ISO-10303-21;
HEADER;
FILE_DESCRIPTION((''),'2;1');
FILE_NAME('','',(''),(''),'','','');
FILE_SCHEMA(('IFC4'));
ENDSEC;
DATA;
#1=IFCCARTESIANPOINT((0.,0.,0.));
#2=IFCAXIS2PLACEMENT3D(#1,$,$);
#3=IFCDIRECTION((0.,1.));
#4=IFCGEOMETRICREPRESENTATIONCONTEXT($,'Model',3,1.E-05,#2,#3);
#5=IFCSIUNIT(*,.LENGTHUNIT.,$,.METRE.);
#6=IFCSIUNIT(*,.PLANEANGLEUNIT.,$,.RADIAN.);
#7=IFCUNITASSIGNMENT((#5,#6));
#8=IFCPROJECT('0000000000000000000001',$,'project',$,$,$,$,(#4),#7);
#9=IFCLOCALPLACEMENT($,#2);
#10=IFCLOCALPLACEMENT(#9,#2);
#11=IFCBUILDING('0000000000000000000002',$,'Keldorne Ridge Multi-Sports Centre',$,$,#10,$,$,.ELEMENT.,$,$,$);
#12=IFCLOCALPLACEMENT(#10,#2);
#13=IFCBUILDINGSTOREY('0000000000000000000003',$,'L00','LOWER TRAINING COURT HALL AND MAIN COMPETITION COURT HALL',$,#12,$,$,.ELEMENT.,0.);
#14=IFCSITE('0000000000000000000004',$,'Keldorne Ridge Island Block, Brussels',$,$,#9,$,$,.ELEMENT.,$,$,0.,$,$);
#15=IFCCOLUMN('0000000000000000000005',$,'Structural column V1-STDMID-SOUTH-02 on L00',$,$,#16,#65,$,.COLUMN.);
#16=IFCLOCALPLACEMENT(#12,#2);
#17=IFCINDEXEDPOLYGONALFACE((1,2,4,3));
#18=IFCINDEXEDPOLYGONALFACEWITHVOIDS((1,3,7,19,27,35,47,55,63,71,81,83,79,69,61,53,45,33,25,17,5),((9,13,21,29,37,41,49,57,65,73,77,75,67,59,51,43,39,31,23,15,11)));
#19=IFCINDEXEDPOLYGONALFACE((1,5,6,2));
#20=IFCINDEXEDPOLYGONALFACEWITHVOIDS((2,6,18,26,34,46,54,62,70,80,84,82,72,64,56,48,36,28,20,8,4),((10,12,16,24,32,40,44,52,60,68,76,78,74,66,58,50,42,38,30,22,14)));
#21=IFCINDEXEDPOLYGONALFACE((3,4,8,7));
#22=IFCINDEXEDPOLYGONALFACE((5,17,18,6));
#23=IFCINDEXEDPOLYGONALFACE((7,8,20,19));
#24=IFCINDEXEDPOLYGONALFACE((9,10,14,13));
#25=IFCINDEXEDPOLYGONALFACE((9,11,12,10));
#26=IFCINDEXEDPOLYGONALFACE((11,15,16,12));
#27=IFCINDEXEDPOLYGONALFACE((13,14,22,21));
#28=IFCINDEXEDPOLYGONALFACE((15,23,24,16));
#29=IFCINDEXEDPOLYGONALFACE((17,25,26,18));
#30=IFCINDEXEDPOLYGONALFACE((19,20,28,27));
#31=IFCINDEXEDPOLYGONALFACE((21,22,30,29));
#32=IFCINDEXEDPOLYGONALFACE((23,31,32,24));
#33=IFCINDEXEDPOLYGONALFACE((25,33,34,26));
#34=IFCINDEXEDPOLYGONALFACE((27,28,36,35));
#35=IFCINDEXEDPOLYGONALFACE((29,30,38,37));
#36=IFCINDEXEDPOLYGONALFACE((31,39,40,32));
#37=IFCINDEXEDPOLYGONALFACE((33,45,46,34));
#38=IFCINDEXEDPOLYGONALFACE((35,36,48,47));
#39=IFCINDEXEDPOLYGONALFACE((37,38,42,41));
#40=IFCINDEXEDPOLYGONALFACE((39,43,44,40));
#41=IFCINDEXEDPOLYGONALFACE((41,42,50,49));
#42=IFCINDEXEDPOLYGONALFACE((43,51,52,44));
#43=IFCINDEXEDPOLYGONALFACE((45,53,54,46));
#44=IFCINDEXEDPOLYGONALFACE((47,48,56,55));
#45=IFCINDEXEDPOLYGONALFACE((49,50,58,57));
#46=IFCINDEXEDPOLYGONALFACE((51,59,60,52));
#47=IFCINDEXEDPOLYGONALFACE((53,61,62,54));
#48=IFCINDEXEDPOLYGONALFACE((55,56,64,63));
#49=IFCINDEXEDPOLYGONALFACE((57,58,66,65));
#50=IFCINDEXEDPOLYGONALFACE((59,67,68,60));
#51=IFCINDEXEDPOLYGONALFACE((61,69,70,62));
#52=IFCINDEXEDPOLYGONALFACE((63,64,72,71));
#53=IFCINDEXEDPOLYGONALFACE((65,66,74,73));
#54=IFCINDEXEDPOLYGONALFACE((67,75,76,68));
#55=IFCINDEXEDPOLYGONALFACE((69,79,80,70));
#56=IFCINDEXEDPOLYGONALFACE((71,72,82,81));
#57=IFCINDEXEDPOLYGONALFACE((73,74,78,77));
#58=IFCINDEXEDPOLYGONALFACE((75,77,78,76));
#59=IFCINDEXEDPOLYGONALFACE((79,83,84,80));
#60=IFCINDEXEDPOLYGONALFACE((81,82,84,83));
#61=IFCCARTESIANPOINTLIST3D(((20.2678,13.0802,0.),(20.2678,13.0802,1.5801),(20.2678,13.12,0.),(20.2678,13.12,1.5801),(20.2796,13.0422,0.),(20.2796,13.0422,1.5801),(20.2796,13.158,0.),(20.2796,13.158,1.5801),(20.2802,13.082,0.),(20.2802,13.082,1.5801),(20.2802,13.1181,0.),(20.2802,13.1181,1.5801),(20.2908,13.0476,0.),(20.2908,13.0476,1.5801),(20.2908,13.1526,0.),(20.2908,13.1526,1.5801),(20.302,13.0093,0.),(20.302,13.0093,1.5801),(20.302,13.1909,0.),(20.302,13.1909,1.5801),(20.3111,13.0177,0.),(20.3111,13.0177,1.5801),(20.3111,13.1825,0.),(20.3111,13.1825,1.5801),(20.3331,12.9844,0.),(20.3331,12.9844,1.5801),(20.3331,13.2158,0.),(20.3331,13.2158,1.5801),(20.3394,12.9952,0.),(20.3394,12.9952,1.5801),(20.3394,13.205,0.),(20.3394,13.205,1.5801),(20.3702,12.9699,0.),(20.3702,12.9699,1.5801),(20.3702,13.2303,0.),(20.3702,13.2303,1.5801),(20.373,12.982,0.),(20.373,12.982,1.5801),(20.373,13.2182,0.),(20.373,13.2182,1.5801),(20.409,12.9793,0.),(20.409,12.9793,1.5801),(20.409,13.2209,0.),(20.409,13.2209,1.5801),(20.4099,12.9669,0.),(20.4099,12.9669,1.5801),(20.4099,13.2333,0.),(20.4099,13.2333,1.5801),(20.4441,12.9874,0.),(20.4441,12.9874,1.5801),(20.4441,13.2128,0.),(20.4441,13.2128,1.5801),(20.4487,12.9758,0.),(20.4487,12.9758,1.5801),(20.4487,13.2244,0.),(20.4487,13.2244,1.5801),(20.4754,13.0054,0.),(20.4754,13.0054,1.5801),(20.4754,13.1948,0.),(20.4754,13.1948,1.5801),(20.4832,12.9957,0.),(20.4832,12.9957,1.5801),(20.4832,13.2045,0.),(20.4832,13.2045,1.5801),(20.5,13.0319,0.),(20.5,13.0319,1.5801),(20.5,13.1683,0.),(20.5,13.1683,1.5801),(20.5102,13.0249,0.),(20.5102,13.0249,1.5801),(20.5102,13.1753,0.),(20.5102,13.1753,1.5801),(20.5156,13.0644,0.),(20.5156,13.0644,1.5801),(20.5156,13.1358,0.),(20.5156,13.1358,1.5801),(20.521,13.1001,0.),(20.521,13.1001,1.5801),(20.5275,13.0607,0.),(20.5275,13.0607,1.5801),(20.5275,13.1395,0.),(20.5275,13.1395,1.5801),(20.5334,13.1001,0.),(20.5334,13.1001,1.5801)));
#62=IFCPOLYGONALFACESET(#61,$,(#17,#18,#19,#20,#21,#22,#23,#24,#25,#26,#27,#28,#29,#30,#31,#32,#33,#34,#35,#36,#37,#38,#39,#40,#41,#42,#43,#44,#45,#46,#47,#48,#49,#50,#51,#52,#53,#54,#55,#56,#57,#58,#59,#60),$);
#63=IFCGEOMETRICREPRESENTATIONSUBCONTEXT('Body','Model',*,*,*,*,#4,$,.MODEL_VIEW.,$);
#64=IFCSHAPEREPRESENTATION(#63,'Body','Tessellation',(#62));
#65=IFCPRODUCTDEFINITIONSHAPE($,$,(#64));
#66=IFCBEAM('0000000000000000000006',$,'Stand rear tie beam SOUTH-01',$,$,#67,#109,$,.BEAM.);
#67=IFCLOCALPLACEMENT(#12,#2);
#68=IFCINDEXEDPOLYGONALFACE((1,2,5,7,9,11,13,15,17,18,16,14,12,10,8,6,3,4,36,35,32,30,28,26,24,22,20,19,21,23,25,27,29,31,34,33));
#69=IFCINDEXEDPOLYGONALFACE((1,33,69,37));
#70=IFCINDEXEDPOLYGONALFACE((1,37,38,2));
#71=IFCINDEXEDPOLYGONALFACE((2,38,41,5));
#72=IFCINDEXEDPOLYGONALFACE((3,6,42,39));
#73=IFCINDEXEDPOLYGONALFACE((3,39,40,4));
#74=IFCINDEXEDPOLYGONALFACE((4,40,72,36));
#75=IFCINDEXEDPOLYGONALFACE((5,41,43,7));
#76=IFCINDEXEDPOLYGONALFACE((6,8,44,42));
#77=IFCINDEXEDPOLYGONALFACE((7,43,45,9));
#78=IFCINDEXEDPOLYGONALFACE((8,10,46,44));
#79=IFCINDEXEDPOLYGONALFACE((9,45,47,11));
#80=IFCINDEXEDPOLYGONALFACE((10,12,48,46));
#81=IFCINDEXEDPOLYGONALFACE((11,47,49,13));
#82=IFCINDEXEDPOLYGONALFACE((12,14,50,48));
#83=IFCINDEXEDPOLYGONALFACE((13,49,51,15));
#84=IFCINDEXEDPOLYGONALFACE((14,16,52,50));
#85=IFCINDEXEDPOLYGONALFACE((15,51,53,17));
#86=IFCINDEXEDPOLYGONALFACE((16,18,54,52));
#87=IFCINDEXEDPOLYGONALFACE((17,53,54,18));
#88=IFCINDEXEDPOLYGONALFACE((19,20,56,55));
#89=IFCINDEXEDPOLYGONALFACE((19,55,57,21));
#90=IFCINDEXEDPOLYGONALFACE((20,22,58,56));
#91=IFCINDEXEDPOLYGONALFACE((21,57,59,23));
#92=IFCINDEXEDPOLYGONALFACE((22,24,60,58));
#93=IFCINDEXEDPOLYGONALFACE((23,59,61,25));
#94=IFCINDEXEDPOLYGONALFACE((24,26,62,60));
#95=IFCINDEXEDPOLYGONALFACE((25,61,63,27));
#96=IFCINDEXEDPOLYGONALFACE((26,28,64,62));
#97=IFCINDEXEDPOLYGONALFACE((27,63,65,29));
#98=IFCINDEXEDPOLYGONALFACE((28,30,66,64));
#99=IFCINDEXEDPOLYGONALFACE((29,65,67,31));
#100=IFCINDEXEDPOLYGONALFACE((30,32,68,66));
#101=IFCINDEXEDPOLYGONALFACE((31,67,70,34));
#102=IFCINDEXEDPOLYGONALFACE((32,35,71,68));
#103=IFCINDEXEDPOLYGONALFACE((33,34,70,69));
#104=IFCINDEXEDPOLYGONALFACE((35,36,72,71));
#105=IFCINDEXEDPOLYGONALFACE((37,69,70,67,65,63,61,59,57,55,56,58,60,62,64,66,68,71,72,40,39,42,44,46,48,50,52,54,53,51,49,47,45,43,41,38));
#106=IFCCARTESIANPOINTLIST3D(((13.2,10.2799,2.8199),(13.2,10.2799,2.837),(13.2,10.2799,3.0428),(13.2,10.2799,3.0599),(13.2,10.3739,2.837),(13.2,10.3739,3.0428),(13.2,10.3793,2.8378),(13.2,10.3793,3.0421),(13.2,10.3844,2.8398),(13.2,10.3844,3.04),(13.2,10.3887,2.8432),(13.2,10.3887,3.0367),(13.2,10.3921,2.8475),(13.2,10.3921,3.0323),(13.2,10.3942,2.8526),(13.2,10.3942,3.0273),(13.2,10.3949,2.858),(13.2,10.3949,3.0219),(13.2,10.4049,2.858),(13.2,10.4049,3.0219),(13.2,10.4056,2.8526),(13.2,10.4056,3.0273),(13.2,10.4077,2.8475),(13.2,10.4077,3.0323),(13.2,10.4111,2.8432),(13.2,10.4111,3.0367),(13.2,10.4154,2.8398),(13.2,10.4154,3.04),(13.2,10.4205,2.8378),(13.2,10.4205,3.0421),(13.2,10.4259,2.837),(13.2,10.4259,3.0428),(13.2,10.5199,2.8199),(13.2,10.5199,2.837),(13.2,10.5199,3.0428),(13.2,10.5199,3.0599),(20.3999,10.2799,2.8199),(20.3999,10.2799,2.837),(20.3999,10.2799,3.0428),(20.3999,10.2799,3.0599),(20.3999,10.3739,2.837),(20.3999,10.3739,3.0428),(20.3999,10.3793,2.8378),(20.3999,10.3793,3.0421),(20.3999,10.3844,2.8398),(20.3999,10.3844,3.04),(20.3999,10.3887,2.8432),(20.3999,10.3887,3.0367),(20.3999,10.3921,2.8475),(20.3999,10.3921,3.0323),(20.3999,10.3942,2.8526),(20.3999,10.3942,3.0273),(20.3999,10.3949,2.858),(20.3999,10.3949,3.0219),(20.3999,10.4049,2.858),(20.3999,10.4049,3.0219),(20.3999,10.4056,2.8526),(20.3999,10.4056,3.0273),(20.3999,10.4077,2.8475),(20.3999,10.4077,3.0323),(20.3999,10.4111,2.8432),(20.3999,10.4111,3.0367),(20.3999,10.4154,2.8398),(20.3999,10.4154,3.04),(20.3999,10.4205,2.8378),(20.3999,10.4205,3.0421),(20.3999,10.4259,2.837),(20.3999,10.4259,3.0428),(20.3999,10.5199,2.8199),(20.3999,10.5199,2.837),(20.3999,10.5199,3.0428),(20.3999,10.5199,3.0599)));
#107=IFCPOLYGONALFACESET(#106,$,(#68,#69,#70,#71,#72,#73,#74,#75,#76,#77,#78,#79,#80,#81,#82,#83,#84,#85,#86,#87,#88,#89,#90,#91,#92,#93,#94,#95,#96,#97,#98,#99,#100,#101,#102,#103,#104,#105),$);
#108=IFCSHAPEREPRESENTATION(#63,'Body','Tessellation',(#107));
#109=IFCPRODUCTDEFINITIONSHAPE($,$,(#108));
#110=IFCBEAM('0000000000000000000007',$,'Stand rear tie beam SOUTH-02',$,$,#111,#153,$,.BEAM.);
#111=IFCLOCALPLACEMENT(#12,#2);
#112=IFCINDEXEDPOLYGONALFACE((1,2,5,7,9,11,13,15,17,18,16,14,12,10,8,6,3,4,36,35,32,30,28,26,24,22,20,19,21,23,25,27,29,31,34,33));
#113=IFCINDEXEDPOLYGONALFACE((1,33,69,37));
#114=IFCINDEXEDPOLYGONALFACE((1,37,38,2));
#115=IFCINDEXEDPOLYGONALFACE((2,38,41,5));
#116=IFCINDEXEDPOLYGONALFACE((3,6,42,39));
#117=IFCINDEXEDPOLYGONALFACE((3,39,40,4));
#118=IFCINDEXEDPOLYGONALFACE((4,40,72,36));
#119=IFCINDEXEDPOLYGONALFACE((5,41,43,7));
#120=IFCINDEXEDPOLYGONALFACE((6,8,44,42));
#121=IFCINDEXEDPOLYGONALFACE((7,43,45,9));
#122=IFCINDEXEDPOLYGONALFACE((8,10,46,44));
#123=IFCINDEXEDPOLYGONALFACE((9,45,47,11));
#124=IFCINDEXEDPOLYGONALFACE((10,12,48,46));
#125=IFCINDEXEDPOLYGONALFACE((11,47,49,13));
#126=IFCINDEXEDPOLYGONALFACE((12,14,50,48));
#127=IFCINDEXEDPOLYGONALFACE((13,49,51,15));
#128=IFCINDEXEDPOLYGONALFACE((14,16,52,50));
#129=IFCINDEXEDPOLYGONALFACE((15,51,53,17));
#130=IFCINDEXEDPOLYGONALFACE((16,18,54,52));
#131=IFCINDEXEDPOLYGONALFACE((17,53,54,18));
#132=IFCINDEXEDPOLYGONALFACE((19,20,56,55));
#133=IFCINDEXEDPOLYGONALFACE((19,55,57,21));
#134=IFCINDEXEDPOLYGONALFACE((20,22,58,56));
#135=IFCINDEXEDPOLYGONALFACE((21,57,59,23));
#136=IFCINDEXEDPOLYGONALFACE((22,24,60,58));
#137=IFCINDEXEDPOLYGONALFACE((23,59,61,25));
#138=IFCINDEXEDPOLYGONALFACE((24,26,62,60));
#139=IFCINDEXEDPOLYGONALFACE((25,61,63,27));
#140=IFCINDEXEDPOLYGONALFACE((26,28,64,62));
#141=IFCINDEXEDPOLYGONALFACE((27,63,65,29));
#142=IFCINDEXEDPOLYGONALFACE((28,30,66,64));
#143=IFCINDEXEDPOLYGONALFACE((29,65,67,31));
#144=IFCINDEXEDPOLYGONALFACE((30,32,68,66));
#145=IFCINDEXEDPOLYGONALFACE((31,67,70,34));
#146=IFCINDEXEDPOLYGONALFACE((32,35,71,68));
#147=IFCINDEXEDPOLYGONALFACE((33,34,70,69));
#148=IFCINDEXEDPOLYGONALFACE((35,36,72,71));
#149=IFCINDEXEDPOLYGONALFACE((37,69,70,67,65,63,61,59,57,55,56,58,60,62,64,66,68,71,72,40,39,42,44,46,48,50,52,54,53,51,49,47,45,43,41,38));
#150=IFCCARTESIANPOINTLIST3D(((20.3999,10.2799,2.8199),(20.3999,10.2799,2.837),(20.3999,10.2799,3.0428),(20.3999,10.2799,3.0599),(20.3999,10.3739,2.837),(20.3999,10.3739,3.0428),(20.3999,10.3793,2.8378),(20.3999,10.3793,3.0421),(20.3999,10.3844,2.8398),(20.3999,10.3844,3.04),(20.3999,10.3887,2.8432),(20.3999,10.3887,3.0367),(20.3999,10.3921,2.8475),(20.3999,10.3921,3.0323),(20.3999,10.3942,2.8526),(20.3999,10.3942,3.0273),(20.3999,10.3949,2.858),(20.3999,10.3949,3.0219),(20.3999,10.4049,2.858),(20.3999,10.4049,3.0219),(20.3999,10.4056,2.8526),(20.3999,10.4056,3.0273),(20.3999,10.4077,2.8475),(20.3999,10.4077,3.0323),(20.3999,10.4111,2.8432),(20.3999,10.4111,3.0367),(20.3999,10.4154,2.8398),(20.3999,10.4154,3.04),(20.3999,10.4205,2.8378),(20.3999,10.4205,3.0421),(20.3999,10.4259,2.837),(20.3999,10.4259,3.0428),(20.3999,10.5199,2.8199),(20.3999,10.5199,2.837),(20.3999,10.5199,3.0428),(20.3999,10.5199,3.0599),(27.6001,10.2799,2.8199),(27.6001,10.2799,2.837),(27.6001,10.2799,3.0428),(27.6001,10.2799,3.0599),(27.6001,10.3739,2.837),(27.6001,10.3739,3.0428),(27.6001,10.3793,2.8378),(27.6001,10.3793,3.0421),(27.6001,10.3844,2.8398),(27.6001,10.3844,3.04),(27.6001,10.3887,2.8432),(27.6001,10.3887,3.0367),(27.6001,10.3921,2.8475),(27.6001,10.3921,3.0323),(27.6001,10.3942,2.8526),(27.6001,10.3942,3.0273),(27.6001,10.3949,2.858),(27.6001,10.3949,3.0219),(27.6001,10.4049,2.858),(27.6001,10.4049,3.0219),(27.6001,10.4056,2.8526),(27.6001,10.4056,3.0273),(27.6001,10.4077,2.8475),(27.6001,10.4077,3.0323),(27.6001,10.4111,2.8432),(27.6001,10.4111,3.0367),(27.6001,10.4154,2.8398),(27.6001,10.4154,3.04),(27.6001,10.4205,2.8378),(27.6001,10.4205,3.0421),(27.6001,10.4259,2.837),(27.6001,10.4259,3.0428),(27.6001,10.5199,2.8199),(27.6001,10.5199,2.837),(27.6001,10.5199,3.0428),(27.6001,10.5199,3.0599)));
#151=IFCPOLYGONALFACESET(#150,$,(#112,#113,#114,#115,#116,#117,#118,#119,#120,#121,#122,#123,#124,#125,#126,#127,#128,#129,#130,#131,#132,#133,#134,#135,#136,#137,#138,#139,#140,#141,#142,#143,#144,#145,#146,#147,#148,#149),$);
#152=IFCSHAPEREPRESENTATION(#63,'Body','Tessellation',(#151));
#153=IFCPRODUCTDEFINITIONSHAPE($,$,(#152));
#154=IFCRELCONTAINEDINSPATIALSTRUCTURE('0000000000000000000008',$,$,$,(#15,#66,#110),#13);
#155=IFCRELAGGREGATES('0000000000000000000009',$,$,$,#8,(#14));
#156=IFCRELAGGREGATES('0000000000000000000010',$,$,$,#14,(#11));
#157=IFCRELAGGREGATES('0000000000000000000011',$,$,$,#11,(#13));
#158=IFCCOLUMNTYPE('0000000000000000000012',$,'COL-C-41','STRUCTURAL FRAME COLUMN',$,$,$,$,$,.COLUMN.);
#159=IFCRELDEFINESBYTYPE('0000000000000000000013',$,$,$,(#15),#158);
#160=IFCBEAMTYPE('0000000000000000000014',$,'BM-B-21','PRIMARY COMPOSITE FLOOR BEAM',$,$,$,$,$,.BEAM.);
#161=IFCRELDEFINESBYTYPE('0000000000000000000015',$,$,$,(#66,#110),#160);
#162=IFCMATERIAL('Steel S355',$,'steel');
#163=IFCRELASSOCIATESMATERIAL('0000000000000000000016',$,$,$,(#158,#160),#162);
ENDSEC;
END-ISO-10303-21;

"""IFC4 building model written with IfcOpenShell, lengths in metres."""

from ifc_helpers import new_model, si_unit, direction, frame, origin, origin_2d, place, context, subcontext, project, spatial, hollow_circle, i_section, extrude, material, material_profile, profile_set, type_object, element, save


model = new_model("IFC4")

# Units and contexts
model_context = context("Model", 3, precision=1e-05, world=origin(), true_north=direction((0.0, 1.0)))
body_context = subcontext(model_context, "Body", "Model", "MODEL_VIEW")
ifc_project = project(units=[si_unit("LENGTHUNIT", "METRE"), si_unit("PLANEANGLEUNIT", "RADIAN")], contexts=[model_context])

# Site, building, storey
site_placement = place(None, origin())
site = spatial("IfcSite", under=ifc_project, at=site_placement, Name="Keldorne Ridge Island Block, Brussels", CompositionType="ELEMENT", RefElevation=0.0)
building_placement = place(site_placement, origin())
building = spatial("IfcBuilding", under=site, at=building_placement, Name="Keldorne Ridge Multi-Sports Centre", CompositionType="ELEMENT")
storey_placement = place(building_placement, origin())
storey = spatial("IfcBuildingStorey", under=building, at=storey_placement, Name="L00", Description="LOWER TRAINING COURT HALL AND MAIN COMPETITION COURT HALL", CompositionType="ELEMENT", Elevation=0.0)

# Column
ifc_material_1 = material(Name="Steel S355", Category="steel")
ifc_material_profile_1 = material_profile(ifc_material_1, hollow_circle(Radius=0.1335, WallThickness=0.0125, at=origin_2d()), Name="CHS 267x12.5")
ifc_profile_set_1 = profile_set([ifc_material_profile_1], Name="Steel S355")
column_type_1 = type_object("IfcColumnType", Name="COL-C-41", Description="STRUCTURAL FRAME COLUMN", PredefinedType="COLUMN", material=ifc_profile_set_1)
for number, where, z_axis, x_axis, name in (
    (1, (20.3999, 13.1001, 0.0), (0.0, 0.0, 1.0), (1.0, 0.0, 0.0), "Structural column V1-STDMID-SOUTH-02 on L00"),
):
    element("IfcColumn", number, at=place(storey_placement, frame(where, z_axis=z_axis, x_axis=x_axis)), inside=storey, type_object=column_type_1, Name=name, PredefinedType="COLUMN", context=body_context, shape_type="SweptSolid", body=[
        extrude(hollow_circle(Radius=0.1335, WallThickness=0.0125, at=origin_2d()), origin(), (0.0, 0.0, 1.0), 1.5801),
    ])

# Beams
ifc_material_profile_2 = material_profile(ifc_material_1, i_section(OverallWidth=0.24, OverallDepth=0.24, WebThickness=0.01, FlangeThickness=0.0171, FilletRadius=0.021, at=origin_2d()), Name="HEB 240")
ifc_profile_set_2 = profile_set([ifc_material_profile_2], Name="Steel S355")
beam_type_1 = type_object("IfcBeamType", Name="BM-B-21", Description="PRIMARY COMPOSITE FLOOR BEAM", PredefinedType="BEAM", material=ifc_profile_set_2)
beam_1_placement = place(storey_placement, frame((13.2, 10.3999, 2.9399), z_axis=(1.0, 0.0, 0.0), x_axis=(0.0, 1.0, 0.0)))
element("IfcBeam", 2, at=beam_1_placement, inside=storey, type_object=beam_type_1, Name="Stand rear tie beam SOUTH-01", PredefinedType="BEAM", context=body_context, shape_type="SweptSolid", body=[
    extrude(i_section(OverallWidth=0.24, OverallDepth=0.24, WebThickness=0.01, FlangeThickness=0.0171, FilletRadius=0.021, at=origin_2d()), origin(), (0.0, 0.0, 1.0), 7.2),
])
beam_2_placement = place(storey_placement, frame((20.3999, 10.3999, 2.9399), z_axis=(1.0, 0.0, 0.0), x_axis=(0.0, 1.0, 0.0)))
element("IfcBeam", 3, at=beam_2_placement, inside=storey, type_object=beam_type_1, Name="Stand rear tie beam SOUTH-02", PredefinedType="BEAM", context=body_context, shape_type="SweptSolid", body=[
    extrude(i_section(OverallWidth=0.24, OverallDepth=0.24, WebThickness=0.01, FlangeThickness=0.0171, FilletRadius=0.021, at=origin_2d()), origin(), (0.0, 0.0, 1.0), 7.2002),
])

save(model, "model.ifc")
